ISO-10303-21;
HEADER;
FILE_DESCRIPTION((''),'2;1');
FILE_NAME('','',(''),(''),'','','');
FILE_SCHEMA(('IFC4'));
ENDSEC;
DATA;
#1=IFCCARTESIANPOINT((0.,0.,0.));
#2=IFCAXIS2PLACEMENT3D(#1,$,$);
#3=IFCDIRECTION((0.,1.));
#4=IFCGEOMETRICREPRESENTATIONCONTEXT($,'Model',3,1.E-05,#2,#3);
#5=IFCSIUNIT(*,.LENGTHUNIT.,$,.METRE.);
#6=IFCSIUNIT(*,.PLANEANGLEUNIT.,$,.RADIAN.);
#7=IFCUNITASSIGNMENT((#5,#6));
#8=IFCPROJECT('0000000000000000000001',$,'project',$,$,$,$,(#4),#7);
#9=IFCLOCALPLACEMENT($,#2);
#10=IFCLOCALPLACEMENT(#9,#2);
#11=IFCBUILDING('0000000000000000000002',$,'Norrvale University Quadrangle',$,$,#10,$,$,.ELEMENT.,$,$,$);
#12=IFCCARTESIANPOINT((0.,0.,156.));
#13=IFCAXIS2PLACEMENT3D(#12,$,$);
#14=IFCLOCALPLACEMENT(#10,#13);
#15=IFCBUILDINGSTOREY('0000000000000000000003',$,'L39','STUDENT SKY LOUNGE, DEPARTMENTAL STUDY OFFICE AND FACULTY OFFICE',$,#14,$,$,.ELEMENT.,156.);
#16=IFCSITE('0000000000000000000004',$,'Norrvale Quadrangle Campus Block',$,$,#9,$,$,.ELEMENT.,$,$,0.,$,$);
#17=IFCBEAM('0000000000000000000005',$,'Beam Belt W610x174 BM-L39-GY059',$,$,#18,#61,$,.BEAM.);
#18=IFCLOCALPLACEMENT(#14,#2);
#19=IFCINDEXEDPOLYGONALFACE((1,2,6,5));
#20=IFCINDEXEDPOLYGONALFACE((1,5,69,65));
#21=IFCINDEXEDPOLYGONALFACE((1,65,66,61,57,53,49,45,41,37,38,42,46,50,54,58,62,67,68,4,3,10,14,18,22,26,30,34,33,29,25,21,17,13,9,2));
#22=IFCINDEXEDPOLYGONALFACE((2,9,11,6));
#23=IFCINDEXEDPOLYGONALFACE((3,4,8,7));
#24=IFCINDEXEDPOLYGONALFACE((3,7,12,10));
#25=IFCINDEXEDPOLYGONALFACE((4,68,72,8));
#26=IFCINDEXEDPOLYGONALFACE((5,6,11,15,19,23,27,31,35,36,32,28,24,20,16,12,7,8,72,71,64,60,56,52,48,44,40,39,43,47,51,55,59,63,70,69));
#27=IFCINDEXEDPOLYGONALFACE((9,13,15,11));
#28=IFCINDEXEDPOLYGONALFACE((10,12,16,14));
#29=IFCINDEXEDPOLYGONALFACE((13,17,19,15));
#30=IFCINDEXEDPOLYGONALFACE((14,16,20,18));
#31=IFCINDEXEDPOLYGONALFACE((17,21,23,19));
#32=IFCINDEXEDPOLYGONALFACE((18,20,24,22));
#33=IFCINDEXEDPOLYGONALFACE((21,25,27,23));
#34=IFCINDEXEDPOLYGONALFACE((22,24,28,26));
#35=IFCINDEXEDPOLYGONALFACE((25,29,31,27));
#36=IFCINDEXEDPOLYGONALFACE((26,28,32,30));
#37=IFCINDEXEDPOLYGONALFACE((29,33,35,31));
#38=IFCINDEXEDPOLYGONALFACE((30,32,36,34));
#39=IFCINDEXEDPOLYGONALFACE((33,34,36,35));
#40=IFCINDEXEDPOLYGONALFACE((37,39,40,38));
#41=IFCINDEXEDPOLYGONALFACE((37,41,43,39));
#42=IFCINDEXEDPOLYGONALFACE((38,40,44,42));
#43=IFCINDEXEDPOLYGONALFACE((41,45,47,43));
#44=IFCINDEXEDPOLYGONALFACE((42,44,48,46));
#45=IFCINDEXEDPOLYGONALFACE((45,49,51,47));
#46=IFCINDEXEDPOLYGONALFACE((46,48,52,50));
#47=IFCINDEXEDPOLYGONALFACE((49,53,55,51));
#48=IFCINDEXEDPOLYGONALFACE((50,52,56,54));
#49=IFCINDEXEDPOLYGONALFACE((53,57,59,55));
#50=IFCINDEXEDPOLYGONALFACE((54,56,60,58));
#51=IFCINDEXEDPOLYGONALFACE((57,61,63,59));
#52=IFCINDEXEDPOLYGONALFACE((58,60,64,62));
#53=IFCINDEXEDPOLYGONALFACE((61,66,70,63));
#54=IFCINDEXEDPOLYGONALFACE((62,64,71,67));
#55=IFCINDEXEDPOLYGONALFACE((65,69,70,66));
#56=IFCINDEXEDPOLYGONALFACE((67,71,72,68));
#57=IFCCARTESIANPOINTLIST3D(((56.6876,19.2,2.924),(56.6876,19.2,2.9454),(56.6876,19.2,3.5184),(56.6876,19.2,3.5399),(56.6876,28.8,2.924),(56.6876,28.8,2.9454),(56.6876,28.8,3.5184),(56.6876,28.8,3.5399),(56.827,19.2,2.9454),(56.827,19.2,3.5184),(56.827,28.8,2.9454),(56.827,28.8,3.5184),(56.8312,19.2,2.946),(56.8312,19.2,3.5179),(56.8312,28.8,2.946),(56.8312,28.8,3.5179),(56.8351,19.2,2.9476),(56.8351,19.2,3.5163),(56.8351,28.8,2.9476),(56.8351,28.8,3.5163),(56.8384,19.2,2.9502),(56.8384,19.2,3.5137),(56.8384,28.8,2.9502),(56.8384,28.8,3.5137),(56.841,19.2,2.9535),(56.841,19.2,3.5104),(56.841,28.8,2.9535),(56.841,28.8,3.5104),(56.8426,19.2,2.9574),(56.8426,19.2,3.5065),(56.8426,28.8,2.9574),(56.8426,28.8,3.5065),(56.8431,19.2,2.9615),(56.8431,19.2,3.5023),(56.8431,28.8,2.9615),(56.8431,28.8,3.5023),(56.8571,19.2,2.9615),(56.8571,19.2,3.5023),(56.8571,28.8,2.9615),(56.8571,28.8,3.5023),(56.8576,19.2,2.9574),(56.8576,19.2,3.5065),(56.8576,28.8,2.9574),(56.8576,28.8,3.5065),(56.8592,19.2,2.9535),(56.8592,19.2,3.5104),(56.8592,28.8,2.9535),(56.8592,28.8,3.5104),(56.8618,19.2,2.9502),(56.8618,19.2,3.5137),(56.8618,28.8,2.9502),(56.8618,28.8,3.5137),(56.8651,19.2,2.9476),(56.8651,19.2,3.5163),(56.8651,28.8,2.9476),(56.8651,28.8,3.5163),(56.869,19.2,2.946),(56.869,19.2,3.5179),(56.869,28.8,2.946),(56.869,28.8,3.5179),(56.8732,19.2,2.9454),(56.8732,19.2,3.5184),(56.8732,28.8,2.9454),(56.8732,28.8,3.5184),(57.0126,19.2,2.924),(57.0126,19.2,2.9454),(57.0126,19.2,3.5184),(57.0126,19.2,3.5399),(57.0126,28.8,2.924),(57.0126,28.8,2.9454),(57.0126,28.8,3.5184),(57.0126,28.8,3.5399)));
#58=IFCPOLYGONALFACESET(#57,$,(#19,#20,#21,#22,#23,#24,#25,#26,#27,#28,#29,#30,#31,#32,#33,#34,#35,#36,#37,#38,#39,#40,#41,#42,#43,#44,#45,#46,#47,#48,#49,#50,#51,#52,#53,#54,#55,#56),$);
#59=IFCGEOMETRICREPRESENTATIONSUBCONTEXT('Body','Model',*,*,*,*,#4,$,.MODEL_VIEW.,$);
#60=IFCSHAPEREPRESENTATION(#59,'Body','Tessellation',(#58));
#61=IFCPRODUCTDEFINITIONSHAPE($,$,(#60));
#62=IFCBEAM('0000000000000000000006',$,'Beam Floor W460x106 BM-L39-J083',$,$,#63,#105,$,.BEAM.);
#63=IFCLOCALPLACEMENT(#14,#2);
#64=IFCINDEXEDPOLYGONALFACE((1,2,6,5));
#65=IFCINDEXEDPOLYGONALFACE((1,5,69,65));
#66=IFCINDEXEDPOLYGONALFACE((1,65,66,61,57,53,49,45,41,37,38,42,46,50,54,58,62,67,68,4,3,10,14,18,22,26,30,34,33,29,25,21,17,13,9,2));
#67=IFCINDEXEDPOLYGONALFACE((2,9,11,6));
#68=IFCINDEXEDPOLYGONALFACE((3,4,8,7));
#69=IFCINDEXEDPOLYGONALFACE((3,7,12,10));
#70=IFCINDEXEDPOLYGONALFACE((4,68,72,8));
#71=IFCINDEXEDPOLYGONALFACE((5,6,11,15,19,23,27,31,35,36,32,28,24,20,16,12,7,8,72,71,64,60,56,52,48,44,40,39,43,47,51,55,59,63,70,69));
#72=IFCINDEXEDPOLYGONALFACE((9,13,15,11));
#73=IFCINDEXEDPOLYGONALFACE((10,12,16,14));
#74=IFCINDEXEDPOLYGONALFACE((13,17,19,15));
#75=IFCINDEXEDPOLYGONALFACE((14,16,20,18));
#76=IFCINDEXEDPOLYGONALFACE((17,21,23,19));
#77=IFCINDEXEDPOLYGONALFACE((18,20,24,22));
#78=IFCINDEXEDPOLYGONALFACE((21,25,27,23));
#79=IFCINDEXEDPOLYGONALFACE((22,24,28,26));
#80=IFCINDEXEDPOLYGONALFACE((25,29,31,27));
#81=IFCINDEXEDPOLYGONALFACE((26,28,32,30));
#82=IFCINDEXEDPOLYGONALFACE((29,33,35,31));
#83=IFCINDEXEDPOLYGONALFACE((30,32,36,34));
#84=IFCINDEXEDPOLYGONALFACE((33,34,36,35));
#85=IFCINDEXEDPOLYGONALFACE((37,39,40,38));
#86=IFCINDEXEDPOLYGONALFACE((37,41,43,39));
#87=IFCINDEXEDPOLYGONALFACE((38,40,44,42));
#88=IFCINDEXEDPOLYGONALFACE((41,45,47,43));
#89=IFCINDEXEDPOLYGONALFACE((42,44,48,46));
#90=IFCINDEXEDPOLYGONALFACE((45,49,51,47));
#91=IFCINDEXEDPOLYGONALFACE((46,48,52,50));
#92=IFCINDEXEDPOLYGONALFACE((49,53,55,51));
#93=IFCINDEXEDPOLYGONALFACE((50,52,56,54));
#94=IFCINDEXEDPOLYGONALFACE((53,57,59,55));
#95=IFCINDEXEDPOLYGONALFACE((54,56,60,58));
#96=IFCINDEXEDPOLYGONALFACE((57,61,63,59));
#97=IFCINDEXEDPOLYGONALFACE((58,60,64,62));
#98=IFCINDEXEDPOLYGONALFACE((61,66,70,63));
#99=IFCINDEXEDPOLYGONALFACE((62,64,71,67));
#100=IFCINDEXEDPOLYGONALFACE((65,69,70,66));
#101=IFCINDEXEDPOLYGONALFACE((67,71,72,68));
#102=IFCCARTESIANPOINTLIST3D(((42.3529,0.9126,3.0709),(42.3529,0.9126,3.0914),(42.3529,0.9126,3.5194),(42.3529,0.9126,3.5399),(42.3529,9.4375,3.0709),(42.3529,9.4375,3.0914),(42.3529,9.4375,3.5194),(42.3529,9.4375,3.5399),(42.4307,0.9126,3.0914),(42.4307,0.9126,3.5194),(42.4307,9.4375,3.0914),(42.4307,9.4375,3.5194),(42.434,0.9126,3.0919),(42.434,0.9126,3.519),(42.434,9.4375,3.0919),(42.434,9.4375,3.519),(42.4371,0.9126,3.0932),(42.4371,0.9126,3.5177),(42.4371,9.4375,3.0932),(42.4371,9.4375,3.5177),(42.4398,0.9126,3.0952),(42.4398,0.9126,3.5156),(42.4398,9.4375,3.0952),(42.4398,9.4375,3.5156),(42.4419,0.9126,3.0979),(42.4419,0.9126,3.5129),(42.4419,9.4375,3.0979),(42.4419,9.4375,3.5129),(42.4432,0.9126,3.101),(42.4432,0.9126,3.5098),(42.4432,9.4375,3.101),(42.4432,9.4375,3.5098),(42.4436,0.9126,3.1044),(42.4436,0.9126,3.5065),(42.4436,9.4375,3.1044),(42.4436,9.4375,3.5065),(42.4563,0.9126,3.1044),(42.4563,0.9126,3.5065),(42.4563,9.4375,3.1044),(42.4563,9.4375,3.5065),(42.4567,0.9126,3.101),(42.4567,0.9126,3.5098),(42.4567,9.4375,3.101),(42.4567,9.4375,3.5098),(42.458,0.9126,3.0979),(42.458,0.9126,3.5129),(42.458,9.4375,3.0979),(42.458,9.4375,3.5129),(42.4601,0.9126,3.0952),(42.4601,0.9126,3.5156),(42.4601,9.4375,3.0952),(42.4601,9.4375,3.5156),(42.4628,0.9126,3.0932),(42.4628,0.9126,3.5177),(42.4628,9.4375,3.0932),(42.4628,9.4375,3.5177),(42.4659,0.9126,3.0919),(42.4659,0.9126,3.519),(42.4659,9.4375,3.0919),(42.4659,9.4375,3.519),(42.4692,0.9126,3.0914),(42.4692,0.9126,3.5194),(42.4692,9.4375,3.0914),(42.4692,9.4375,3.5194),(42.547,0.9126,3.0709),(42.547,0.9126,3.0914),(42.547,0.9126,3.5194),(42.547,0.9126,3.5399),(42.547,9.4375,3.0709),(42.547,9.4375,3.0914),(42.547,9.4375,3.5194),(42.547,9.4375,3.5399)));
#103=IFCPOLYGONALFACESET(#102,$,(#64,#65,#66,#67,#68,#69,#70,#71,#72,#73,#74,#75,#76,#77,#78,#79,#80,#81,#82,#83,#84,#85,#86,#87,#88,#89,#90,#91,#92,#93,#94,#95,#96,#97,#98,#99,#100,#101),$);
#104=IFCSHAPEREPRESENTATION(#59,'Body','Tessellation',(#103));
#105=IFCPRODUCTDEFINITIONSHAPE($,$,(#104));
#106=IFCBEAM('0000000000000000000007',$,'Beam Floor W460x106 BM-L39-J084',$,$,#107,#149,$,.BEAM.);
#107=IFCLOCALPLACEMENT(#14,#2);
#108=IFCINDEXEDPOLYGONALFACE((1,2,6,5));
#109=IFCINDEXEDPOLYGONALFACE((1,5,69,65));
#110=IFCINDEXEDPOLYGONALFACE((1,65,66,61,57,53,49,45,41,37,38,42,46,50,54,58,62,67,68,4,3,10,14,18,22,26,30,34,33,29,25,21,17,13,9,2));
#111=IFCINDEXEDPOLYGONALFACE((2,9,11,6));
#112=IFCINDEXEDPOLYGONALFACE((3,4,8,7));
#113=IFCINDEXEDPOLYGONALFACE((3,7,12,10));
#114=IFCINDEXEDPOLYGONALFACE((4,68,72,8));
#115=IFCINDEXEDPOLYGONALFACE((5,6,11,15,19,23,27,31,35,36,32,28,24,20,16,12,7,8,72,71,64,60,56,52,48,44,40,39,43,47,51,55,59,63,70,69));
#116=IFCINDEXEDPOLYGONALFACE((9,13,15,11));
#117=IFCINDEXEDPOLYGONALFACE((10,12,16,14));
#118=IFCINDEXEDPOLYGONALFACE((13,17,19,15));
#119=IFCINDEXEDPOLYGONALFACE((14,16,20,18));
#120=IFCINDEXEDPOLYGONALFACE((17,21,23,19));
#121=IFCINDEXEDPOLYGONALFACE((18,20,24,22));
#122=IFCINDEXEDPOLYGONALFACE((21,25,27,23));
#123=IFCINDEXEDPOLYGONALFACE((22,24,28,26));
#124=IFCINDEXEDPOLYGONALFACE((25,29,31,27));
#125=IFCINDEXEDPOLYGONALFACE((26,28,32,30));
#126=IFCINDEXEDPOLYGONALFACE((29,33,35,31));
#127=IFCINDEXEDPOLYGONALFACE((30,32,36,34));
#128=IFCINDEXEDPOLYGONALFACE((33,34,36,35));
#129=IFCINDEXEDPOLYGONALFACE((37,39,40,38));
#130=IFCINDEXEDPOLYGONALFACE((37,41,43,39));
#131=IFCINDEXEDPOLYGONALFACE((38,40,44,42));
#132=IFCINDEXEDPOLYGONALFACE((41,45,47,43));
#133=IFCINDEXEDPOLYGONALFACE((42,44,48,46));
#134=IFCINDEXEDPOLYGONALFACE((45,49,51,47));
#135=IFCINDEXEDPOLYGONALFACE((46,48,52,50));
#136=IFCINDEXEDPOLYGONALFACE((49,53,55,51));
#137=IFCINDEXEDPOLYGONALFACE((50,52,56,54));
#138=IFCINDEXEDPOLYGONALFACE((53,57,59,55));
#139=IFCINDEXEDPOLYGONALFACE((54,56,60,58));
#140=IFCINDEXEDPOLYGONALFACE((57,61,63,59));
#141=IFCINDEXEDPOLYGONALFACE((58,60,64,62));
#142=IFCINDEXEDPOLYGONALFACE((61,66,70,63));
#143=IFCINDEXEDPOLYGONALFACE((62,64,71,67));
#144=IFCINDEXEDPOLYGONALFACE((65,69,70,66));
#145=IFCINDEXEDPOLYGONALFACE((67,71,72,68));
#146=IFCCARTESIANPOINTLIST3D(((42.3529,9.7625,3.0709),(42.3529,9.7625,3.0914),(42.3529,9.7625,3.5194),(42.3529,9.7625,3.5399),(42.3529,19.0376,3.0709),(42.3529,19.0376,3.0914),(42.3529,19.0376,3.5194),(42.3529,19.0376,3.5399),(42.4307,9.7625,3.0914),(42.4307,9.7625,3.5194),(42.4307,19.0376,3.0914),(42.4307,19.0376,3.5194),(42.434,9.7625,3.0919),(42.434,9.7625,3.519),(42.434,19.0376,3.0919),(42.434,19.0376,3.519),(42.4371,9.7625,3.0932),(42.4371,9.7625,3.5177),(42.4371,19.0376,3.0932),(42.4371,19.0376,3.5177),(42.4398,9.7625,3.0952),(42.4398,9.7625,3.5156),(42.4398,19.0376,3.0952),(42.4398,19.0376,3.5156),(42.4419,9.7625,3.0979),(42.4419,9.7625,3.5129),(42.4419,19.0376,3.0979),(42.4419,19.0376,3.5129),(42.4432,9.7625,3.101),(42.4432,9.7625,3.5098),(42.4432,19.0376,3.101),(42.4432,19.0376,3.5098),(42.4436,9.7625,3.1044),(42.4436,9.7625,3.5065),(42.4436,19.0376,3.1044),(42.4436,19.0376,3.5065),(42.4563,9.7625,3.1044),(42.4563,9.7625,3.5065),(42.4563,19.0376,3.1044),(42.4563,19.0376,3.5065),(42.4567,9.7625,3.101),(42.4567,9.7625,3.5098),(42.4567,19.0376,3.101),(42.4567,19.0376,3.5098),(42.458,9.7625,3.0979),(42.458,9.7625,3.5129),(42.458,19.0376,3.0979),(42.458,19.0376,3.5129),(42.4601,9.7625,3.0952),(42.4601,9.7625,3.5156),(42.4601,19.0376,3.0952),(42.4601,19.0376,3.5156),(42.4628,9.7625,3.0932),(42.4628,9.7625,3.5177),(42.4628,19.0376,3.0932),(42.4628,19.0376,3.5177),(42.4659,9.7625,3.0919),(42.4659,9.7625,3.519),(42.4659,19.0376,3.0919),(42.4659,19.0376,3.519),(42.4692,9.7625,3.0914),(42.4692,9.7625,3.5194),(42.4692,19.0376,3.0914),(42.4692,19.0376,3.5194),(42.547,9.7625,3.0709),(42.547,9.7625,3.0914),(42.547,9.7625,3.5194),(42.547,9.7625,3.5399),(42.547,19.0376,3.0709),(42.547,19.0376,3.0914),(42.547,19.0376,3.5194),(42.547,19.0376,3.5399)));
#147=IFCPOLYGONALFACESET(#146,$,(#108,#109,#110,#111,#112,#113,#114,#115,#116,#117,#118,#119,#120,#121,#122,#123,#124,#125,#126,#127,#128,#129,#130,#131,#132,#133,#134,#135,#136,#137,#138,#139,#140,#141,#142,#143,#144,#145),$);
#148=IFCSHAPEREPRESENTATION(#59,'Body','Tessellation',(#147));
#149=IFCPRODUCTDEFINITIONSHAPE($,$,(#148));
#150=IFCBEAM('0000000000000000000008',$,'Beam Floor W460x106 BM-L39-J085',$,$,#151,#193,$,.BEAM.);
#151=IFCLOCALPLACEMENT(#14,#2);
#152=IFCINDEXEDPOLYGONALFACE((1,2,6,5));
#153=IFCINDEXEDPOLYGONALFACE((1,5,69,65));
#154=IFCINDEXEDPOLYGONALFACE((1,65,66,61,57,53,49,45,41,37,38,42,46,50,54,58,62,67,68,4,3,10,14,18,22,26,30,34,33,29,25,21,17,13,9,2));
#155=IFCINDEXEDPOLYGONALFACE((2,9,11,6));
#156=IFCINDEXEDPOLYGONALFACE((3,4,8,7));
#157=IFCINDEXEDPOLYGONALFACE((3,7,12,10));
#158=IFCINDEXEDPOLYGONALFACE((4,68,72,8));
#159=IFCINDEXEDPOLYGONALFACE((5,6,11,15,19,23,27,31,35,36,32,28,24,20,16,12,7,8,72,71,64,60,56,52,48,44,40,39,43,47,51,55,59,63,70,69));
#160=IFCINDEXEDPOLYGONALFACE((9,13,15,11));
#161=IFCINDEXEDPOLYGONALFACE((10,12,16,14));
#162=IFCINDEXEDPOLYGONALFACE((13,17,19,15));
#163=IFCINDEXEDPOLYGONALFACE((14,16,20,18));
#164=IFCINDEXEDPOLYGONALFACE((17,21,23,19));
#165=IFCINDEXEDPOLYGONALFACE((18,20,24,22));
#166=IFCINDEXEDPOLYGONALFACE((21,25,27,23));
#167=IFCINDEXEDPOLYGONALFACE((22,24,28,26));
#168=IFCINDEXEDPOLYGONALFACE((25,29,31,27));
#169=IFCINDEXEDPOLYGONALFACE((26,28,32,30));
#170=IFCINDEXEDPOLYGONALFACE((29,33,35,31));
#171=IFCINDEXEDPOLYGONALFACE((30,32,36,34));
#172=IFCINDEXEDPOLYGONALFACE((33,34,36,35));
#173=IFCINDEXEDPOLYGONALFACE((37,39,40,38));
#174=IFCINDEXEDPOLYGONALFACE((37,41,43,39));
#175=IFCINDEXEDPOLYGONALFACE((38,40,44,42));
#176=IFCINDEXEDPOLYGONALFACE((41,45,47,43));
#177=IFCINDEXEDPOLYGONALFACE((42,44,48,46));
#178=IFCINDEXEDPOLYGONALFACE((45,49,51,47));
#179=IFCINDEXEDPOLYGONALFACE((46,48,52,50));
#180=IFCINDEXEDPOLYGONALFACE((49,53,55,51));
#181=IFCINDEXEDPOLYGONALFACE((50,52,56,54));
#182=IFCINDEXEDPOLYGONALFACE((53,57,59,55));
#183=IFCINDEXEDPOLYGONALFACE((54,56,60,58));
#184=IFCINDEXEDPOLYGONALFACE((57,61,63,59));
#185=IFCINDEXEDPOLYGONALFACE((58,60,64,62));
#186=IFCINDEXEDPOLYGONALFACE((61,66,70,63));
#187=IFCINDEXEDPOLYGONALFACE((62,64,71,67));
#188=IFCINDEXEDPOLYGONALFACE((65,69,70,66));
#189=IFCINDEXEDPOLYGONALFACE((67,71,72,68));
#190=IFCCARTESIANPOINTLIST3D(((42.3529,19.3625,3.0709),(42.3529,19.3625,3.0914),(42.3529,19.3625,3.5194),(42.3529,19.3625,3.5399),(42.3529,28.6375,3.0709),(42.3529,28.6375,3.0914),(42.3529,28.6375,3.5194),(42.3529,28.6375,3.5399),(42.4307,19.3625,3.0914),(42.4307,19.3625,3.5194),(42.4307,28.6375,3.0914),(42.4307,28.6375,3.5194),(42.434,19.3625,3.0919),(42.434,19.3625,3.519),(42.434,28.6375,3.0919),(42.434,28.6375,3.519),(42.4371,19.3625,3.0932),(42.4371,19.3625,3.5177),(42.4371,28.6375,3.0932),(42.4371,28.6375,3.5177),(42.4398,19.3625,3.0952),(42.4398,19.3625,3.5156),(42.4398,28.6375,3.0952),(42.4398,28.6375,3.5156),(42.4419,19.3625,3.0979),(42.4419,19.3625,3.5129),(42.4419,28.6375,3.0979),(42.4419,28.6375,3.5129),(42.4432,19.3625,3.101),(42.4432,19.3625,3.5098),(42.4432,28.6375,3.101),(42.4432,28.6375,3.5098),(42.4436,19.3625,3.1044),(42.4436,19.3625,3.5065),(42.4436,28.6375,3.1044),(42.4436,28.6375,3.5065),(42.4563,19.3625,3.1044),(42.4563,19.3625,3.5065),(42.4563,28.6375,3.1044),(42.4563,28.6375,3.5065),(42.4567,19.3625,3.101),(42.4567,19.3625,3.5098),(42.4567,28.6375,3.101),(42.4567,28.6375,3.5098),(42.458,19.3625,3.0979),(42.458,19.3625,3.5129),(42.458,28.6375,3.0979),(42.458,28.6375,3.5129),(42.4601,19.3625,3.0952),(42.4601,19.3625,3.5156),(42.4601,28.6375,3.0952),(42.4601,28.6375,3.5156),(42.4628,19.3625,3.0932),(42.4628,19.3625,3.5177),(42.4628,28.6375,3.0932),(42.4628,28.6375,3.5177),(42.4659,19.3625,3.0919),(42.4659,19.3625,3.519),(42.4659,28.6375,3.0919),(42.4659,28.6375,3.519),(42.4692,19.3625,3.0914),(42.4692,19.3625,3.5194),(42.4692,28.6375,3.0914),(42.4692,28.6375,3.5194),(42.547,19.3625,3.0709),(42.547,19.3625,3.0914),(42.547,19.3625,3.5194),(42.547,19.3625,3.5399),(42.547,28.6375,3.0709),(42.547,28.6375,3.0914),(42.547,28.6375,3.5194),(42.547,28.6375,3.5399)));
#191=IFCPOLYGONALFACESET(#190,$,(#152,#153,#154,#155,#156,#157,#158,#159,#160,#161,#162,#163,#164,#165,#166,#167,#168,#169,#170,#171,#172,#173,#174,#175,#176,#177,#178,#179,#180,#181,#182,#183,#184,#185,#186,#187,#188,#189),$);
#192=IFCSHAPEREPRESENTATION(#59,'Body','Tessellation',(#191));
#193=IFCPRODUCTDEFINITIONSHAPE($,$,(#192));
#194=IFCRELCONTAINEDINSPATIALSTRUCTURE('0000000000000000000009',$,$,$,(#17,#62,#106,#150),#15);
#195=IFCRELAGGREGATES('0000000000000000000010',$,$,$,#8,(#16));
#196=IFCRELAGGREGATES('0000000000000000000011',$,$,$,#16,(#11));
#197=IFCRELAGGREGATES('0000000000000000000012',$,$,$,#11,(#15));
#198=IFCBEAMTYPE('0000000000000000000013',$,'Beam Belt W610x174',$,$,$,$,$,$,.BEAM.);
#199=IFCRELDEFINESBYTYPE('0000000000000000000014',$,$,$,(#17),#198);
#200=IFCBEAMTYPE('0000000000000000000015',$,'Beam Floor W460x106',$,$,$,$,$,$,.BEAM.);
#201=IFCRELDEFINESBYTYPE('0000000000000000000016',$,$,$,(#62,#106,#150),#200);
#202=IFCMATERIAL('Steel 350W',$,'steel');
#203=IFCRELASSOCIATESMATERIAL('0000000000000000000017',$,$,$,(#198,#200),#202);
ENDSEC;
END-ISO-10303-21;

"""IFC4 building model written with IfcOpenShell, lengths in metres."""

from ifc_helpers import new_model, si_unit, direction, frame, origin, origin_2d, place, context, subcontext, project, spatial, i_section, extrude, material, material_profile, profile_set, type_object, element, save


model = new_model("IFC4")

# Units and contexts
model_context = context("Model", 3, precision=1e-05, world=origin(), true_north=direction((0.0, 1.0)))
body_context = subcontext(model_context, "Body", "Model", "MODEL_VIEW")
ifc_project = project(units=[si_unit("LENGTHUNIT", "METRE"), si_unit("PLANEANGLEUNIT", "RADIAN")], contexts=[model_context])

# Site, building, storey
site_placement = place(None, origin())
site = spatial("IfcSite", under=ifc_project, at=site_placement, Name="Norrvale Quadrangle Campus Block", CompositionType="ELEMENT", RefElevation=0.0)
building_placement = place(site_placement, origin())
building = spatial("IfcBuilding", under=site, at=building_placement, Name="Norrvale University Quadrangle", CompositionType="ELEMENT")
storey_placement = place(building_placement, frame((0.0, 0.0, 156.0)))
storey = spatial("IfcBuildingStorey", under=building, at=storey_placement, Name="L39", Description="STUDENT SKY LOUNGE, DEPARTMENTAL STUDY OFFICE AND FACULTY OFFICE", CompositionType="ELEMENT", Elevation=156.0)

# Beams
ifc_material_1 = material(Name="Steel 350W", Category="steel")
ifc_material_profile_1 = material_profile(ifc_material_1, i_section(OverallWidth=0.325, OverallDepth=0.616, WebThickness=0.0139, FlangeThickness=0.0215, FilletRadius=0.0161, at=origin_2d()), Name="Steel 350W")
ifc_profile_set_1 = profile_set([ifc_material_profile_1], Name="Steel 350W")
beam_type_1 = type_object("IfcBeamType", Name="Beam Belt W610x174", PredefinedType="BEAM", material=ifc_profile_set_1)
beam_1_placement = place(storey_placement, frame((56.8501, 19.2, 3.2319), z_axis=(0.0, 1.0, 0.0), x_axis=(-1.0, 0.0, 0.0)))
element("IfcBeam", 1, at=beam_1_placement, inside=storey, type_object=beam_type_1, Name="Beam Belt W610x174 BM-L39-GY059", PredefinedType="BEAM", context=body_context, shape_type="SweptSolid", body=[
    extrude(i_section(OverallWidth=0.325, OverallDepth=0.616, WebThickness=0.0139, FlangeThickness=0.0215, FilletRadius=0.0161, at=origin_2d()), origin(), (0.0, 0.0, 1.0), 9.6001),
])
ifc_material_profile_2 = material_profile(ifc_material_1, i_section(OverallWidth=0.1941, OverallDepth=0.469, WebThickness=0.0127, FlangeThickness=0.0205, FilletRadius=0.0129, at=origin_2d()), Name="Steel 350W")
ifc_profile_set_2 = profile_set([ifc_material_profile_2], Name="Steel 350W")
beam_type_2 = type_object("IfcBeamType", Name="Beam Floor W460x106", PredefinedType="BEAM", material=ifc_profile_set_2)
beam_2_placement = place(storey_placement, frame((42.45, 0.9126, 3.3054), z_axis=(0.0, 1.0, 0.0), x_axis=(-1.0, 0.0, 0.0)))
element("IfcBeam", 2, at=beam_2_placement, inside=storey, type_object=beam_type_2, Name="Beam Floor W460x106 BM-L39-J083", PredefinedType="BEAM", context=body_context, shape_type="SweptSolid", body=[
    extrude(i_section(OverallWidth=0.1941, OverallDepth=0.469, WebThickness=0.0127, FlangeThickness=0.0205, FilletRadius=0.0129, at=origin_2d()), origin(), (0.0, 0.0, 1.0), 8.5249),
])
beam_3_placement = place(storey_placement, frame((42.45, 9.7625, 3.3054), z_axis=(0.0, 1.0, 0.0), x_axis=(-1.0, 0.0, 0.0)))
element("IfcBeam", 3, at=beam_3_placement, inside=storey, type_object=beam_type_2, Name="Beam Floor W460x106 BM-L39-J084", PredefinedType="BEAM", context=body_context, shape_type="SweptSolid", body=[
    extrude(i_section(OverallWidth=0.1941, OverallDepth=0.469, WebThickness=0.0127, FlangeThickness=0.0205, FilletRadius=0.0129, at=origin_2d()), origin(), (0.0, 0.0, 1.0), 9.2751),
])
beam_4_placement = place(storey_placement, frame((42.45, 19.3625, 3.3054), z_axis=(0.0, 1.0, 0.0), x_axis=(-1.0, 0.0, 0.0)))
element("IfcBeam", 4, at=beam_4_placement, inside=storey, type_object=beam_type_2, Name="Beam Floor W460x106 BM-L39-J085", PredefinedType="BEAM", context=body_context, shape_type="SweptSolid", body=[
    extrude(i_section(OverallWidth=0.1941, OverallDepth=0.469, WebThickness=0.0127, FlangeThickness=0.0205, FilletRadius=0.0129, at=origin_2d()), origin(), (0.0, 0.0, 1.0), 9.2749),
])

save(model, "model.ifc")
